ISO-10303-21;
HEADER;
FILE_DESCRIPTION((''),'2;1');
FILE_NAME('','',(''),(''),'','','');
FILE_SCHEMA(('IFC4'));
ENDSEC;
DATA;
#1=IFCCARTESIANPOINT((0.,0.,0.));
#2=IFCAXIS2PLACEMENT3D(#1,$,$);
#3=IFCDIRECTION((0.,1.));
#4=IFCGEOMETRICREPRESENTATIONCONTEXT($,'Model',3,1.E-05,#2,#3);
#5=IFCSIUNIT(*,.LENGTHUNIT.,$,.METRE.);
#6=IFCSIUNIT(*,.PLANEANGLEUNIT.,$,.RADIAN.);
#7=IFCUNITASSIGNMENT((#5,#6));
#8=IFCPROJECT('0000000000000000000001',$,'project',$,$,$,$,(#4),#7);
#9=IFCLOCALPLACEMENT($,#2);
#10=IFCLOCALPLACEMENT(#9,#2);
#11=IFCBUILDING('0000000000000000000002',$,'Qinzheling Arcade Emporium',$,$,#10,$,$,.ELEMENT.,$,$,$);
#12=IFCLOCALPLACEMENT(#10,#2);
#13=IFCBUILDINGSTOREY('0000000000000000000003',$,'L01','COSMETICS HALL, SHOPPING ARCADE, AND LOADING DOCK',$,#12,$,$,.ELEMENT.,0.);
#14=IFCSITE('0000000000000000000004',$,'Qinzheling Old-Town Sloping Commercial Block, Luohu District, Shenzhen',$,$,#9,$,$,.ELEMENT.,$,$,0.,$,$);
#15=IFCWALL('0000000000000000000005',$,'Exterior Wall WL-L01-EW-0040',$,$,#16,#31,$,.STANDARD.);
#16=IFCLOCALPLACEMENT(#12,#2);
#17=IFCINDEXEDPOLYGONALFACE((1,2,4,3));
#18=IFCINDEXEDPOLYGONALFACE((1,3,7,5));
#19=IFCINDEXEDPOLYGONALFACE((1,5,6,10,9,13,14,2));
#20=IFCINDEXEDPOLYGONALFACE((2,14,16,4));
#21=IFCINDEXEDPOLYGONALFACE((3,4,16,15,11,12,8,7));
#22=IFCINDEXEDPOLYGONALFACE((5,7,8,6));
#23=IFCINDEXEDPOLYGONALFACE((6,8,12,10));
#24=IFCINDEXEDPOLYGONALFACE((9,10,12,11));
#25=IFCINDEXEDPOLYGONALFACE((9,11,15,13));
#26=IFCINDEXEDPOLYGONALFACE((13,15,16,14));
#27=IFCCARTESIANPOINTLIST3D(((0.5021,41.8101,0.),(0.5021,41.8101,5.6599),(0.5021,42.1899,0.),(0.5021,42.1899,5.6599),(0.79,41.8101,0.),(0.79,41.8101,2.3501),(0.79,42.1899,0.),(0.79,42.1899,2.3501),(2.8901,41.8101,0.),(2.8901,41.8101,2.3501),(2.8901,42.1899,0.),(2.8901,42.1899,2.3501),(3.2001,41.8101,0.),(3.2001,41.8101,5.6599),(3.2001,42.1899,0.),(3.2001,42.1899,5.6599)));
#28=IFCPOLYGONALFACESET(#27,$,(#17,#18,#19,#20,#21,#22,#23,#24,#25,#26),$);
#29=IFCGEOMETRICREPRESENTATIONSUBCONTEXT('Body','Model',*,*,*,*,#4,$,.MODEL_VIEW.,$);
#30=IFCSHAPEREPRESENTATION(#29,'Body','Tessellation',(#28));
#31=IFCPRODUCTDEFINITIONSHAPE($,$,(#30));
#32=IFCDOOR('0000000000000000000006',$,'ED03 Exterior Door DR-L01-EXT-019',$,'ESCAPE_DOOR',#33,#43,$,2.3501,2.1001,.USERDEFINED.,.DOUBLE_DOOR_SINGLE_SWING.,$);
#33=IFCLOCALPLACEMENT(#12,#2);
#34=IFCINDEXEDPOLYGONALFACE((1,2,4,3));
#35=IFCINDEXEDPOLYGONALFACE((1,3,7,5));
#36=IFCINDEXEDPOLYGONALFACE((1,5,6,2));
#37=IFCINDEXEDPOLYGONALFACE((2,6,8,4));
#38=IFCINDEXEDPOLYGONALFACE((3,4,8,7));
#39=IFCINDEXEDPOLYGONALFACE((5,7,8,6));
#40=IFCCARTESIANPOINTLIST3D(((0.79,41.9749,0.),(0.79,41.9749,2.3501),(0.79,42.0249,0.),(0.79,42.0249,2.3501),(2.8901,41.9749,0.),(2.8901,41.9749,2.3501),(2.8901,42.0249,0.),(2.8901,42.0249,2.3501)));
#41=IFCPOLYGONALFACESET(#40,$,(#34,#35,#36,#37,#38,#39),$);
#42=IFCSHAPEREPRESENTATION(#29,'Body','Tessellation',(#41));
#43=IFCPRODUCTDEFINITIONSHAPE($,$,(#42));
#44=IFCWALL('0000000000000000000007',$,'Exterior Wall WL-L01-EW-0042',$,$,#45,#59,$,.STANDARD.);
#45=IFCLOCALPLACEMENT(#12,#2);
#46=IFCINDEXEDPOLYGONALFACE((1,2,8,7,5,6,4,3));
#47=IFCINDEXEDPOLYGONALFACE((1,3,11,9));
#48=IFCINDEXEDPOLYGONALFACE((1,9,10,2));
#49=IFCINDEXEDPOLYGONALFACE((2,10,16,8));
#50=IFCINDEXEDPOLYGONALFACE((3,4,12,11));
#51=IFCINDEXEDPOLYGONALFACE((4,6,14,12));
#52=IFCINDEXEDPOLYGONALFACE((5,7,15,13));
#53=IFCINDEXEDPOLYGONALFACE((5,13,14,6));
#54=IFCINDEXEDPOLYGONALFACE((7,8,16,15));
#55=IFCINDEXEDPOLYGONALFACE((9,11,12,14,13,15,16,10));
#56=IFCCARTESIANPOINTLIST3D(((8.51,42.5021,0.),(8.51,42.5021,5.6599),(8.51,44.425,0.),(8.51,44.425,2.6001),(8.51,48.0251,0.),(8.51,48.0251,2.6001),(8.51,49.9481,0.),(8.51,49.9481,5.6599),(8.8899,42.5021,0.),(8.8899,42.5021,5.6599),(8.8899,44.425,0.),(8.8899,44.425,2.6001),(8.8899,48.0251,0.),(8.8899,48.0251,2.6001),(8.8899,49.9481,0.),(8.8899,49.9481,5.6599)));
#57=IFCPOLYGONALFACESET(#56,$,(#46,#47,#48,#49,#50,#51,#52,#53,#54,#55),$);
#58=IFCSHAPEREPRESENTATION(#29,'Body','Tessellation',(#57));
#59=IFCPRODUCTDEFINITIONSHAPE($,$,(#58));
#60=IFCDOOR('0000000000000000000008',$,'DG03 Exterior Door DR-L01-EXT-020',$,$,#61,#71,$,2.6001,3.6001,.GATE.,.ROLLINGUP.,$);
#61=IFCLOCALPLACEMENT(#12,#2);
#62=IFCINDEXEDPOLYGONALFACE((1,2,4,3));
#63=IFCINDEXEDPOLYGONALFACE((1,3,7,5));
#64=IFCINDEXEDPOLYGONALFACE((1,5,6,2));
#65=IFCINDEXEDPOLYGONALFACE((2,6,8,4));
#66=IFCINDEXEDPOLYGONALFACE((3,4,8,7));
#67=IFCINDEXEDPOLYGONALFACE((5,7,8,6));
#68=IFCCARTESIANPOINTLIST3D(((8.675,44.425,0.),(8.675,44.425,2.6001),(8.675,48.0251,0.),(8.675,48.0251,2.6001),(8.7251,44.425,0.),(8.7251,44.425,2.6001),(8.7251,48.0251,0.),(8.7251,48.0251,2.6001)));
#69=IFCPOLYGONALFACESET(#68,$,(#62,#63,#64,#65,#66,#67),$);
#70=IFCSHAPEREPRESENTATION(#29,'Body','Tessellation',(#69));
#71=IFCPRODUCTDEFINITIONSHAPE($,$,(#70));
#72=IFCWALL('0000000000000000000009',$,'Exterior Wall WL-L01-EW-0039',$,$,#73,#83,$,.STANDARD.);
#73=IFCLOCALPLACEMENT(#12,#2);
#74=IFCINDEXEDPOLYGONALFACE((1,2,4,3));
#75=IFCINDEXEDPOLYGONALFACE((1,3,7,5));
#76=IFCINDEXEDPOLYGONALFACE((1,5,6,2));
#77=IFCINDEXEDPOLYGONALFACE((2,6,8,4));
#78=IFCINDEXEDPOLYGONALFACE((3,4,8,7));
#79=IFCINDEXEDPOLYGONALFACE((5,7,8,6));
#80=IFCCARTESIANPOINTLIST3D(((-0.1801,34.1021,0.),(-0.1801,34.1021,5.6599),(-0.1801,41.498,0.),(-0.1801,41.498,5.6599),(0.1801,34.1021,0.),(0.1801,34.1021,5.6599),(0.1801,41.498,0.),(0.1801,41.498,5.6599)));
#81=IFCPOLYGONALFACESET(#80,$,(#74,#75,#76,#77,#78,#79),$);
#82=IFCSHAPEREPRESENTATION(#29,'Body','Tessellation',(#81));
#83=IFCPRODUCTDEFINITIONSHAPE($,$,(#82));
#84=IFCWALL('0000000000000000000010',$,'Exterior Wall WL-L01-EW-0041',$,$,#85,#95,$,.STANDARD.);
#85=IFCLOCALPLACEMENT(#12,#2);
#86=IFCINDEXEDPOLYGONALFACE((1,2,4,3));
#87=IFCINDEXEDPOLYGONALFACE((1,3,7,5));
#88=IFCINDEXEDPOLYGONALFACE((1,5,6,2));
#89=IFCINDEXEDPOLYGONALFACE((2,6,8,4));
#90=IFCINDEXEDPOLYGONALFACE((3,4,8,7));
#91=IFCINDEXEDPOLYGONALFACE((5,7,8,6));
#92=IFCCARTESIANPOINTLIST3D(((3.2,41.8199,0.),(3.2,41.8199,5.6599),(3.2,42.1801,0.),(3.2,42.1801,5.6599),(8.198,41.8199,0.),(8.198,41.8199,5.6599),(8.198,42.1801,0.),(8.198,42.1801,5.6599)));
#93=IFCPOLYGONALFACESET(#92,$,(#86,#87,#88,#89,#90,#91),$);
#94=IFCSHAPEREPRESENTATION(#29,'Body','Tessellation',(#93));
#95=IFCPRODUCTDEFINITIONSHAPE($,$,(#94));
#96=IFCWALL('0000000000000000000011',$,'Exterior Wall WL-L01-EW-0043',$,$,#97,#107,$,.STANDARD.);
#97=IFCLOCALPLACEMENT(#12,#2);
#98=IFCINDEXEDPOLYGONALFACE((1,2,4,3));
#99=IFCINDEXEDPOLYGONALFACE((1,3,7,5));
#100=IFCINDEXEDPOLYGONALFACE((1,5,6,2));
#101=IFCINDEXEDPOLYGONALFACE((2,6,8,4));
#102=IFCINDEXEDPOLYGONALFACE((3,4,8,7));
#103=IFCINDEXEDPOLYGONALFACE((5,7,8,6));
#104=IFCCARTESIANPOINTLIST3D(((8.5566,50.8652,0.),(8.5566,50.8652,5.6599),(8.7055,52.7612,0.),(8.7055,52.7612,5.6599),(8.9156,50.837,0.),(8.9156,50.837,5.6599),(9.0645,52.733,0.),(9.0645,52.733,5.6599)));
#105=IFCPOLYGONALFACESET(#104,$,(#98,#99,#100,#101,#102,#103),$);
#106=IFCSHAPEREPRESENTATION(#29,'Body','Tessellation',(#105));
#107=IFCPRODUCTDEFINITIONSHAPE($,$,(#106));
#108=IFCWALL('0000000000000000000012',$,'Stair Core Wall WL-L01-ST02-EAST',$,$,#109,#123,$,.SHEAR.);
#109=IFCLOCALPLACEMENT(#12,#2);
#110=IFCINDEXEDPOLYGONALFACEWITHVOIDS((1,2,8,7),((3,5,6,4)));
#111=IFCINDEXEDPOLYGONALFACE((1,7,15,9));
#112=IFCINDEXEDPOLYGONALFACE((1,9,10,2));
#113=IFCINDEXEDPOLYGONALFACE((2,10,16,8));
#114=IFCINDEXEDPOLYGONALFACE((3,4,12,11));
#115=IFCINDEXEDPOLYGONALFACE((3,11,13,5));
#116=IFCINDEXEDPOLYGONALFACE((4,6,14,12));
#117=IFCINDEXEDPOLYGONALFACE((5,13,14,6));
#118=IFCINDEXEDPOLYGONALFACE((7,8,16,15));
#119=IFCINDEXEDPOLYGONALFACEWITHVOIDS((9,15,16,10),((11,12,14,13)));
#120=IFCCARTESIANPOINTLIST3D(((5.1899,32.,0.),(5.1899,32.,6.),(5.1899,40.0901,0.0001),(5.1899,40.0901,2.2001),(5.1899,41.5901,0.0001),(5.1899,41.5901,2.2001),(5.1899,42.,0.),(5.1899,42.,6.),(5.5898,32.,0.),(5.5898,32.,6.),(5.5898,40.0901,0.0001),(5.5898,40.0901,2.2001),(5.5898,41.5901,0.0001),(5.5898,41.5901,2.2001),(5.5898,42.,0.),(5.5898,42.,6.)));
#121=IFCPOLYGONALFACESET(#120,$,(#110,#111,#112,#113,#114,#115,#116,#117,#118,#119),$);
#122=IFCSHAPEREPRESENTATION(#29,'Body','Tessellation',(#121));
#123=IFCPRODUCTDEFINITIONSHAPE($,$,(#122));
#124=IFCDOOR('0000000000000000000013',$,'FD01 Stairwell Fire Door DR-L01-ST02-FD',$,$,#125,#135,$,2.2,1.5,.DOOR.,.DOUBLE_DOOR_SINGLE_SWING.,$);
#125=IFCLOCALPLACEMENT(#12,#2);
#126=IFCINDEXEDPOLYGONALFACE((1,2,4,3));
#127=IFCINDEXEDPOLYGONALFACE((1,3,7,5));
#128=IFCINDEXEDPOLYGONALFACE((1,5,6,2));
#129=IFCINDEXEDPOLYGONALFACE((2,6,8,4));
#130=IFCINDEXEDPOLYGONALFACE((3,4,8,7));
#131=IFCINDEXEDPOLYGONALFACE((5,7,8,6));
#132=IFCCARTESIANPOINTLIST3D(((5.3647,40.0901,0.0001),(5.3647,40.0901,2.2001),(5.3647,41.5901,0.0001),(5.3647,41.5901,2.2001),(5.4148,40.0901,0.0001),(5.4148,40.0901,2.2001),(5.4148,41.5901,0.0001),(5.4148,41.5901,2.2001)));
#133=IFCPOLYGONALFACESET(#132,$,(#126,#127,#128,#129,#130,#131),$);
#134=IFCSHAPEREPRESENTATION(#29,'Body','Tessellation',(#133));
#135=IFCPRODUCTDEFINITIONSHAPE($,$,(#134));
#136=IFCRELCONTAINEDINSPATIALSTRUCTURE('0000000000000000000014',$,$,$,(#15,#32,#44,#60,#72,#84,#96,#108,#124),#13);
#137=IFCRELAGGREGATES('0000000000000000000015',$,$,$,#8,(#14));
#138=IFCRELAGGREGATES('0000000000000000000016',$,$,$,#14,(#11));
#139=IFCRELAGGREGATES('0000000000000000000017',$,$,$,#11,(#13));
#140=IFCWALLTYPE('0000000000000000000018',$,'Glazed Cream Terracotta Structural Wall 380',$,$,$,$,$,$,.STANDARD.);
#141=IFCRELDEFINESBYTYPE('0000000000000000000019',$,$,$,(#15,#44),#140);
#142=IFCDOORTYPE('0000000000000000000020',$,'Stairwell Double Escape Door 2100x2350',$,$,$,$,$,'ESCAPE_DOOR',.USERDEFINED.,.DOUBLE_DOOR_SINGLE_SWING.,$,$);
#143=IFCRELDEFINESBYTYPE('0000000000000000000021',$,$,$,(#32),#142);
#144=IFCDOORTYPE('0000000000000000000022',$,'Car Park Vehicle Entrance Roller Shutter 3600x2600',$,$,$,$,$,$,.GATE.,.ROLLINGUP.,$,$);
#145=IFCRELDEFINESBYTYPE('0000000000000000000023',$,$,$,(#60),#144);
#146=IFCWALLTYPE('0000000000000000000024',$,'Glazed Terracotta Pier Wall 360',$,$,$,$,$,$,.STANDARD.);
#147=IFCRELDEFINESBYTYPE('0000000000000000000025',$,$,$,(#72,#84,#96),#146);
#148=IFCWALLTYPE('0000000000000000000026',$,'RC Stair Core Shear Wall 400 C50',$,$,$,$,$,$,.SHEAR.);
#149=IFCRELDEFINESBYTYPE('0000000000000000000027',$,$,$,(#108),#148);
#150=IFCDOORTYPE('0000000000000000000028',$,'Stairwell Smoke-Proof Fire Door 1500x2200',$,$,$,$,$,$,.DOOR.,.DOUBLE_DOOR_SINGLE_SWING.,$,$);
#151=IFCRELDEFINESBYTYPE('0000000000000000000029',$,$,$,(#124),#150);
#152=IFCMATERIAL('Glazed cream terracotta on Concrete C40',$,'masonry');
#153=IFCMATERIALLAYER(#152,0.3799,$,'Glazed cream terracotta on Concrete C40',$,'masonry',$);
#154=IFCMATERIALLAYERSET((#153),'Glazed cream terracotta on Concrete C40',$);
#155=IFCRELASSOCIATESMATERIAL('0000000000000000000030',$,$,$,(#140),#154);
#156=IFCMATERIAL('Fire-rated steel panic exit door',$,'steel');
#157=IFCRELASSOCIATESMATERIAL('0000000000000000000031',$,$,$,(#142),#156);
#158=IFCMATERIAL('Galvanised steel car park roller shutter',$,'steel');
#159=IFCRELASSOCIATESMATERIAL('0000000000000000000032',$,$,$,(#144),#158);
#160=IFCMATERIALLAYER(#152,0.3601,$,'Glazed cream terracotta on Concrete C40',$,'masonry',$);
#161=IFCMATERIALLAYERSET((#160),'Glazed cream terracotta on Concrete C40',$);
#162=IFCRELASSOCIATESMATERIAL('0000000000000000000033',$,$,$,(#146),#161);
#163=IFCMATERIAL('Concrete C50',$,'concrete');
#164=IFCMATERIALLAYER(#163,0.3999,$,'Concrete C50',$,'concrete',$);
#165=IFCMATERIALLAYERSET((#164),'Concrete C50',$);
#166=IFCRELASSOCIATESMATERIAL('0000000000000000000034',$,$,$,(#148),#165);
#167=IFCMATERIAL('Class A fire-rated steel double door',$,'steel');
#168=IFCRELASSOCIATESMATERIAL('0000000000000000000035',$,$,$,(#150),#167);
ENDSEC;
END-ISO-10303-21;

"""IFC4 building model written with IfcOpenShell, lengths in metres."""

from ifc_helpers import new_model, si_unit, direction, frame, frame_2d, origin, place, context, subcontext, project, spatial, rectangle, extrude, material, layer, layer_set, type_object, element, fill, save


model = new_model("IFC4")

# Units and contexts
model_context = context("Model", 3, precision=1e-05, world=origin(), true_north=direction((0.0, 1.0)))
body_context = subcontext(model_context, "Body", "Model", "MODEL_VIEW")
ifc_project = project(units=[si_unit("LENGTHUNIT", "METRE"), si_unit("PLANEANGLEUNIT", "RADIAN")], contexts=[model_context])

# Site, building, storey
site_placement = place(None, origin())
site = spatial("IfcSite", under=ifc_project, at=site_placement, Name="Qinzheling Old-Town Sloping Commercial Block, Luohu District, Shenzhen", CompositionType="ELEMENT", RefElevation=0.0)
building_placement = place(site_placement, origin())
building = spatial("IfcBuilding", under=site, at=building_placement, Name="Qinzheling Arcade Emporium", CompositionType="ELEMENT")
storey_placement = place(building_placement, origin())
storey = spatial("IfcBuildingStorey", under=building, at=storey_placement, Name="L01", Description="COSMETICS HALL, SHOPPING ARCADE, AND LOADING DOCK", CompositionType="ELEMENT", Elevation=0.0)

# Shared definitions
ifc_material_1 = material(Name="Concrete C50", Category="concrete")

# Walls, openings, doors
ifc_material_2 = material(Name="Glazed cream terracotta on Concrete C40", Category="masonry")
ifc_layer_1 = layer(ifc_material_2, 0.3799, Name="Glazed cream terracotta on Concrete C40", Category="masonry")
ifc_layer_set_1 = layer_set([ifc_layer_1], Name="Glazed cream terracotta on Concrete C40")
wall_type_1 = type_object("IfcWallType", Name="Glazed Cream Terracotta Structural Wall 380", PredefinedType="STANDARD", material=ifc_layer_set_1)
wall_1_placement = place(storey_placement, frame((0.502, 42.0, 0.0), z_axis=(0.0, 0.0, 1.0), x_axis=(1.0, 0.0, 0.0)))
wall_1 = element("IfcWall", 1, at=wall_1_placement, inside=storey, type_object=wall_type_1, Name="Exterior Wall WL-L01-EW-0040", PredefinedType="STANDARD", context=body_context, shape_type="SweptSolid", body=[
    extrude(rectangle(XDim=2.698, YDim=0.3799, at=frame_2d((1.3491, 0.0))), origin(), (0.0, 0.0, 1.0), 5.6599),
])
opening_1_placement = place(wall_1_placement, frame((0.2881, 0.0, 0.0)))
opening_1 = element("IfcOpeningElement", 2, at=opening_1_placement, cuts=wall_1, PredefinedType="OPENING", context=body_context, shape_type="SweptSolid", body=[
    extrude(rectangle(XDim=2.1001, YDim=2.3501, at=frame_2d((1.05, 1.175))), frame((0.0, 0.2, 0.0), z_axis=(0.0, -1.0, 0.0), x_axis=(1.0, 0.0, 0.0)), (0.0, 0.0, 1.0), 0.3999),
])
ifc_material_3 = material(Name="Fire-rated steel panic exit door", Category="steel")
door_type_1 = type_object("IfcDoorType", Name="Stairwell Double Escape Door 2100x2350", ElementType="ESCAPE_DOOR", OperationType="DOUBLE_DOOR_SINGLE_SWING", PredefinedType="USERDEFINED", material=ifc_material_3)
door_1_placement = place(opening_1_placement, origin())
door_1 = element("IfcDoor", 3, at=door_1_placement, inside=storey, type_object=door_type_1, Name="ED03 Exterior Door DR-L01-EXT-019", ObjectType="ESCAPE_DOOR", OperationType="DOUBLE_DOOR_SINGLE_SWING", OverallHeight=2.3501, OverallWidth=2.1001, PredefinedType="USERDEFINED", context=body_context, shape_type="SweptSolid", body=[
    extrude(rectangle(XDim=2.1001, YDim=2.3501, at=frame_2d((1.05, 1.175))), frame((0.0, 0.0249, 0.0), z_axis=(0.0, -1.0, 0.0), x_axis=(1.0, 0.0, 0.0)), (0.0, 0.0, 1.0), 0.05),
])
fill(opening_1, door_1)
wall_2_placement = place(storey_placement, frame((8.7, 42.502, 0.0), z_axis=(0.0, 0.0, 1.0), x_axis=(0.0, 1.0, 0.0)))
wall_2 = element("IfcWall", 4, at=wall_2_placement, inside=storey, type_object=wall_type_1, Name="Exterior Wall WL-L01-EW-0042", PredefinedType="STANDARD", context=body_context, shape_type="SweptSolid", body=[
    extrude(rectangle(XDim=7.446, YDim=0.3799, at=frame_2d((3.7231, 0.0))), origin(), (0.0, 0.0, 1.0), 5.6599),
])
opening_2_placement = place(wall_2_placement, frame((1.9231, 0.0, 0.0)))
opening_2 = element("IfcOpeningElement", 5, at=opening_2_placement, cuts=wall_2, PredefinedType="OPENING", context=body_context, shape_type="SweptSolid", body=[
    extrude(rectangle(XDim=3.6001, YDim=2.6001, at=frame_2d((1.8, 1.3))), frame((0.0, 0.2, 0.0), z_axis=(0.0, -1.0, 0.0), x_axis=(1.0, 0.0, 0.0)), (0.0, 0.0, 1.0), 0.3999),
])
ifc_material_4 = material(Name="Galvanised steel car park roller shutter", Category="steel")
door_type_2 = type_object("IfcDoorType", Name="Car Park Vehicle Entrance Roller Shutter 3600x2600", OperationType="ROLLINGUP", PredefinedType="GATE", material=ifc_material_4)
door_2_placement = place(opening_2_placement, origin())
door_2 = element("IfcDoor", 6, at=door_2_placement, inside=storey, type_object=door_type_2, Name="DG03 Exterior Door DR-L01-EXT-020", OperationType="ROLLINGUP", OverallHeight=2.6001, OverallWidth=3.6001, PredefinedType="GATE", context=body_context, shape_type="SweptSolid", body=[
    extrude(rectangle(XDim=3.6001, YDim=2.6001, at=frame_2d((1.8, 1.3))), frame((0.0, 0.0249, 0.0), z_axis=(0.0, -1.0, 0.0), x_axis=(1.0, 0.0, 0.0)), (0.0, 0.0, 1.0), 0.05),
])
fill(opening_2, door_2)

# Walls
ifc_layer_2 = layer(ifc_material_2, 0.3601, Name="Glazed cream terracotta on Concrete C40", Category="masonry")
ifc_layer_set_2 = layer_set([ifc_layer_2], Name="Glazed cream terracotta on Concrete C40")
wall_type_2 = type_object("IfcWallType", Name="Glazed Terracotta Pier Wall 360", PredefinedType="STANDARD", material=ifc_layer_set_2)
wall_3_placement = place(storey_placement, frame((0.0, 34.1021, 0.0), z_axis=(0.0, 0.0, 1.0), x_axis=(0.0, 1.0, 0.0)))
element("IfcWall", 7, at=wall_3_placement, inside=storey, type_object=wall_type_2, Name="Exterior Wall WL-L01-EW-0039", PredefinedType="STANDARD", context=body_context, shape_type="SweptSolid", body=[
    extrude(rectangle(XDim=7.396, YDim=0.3601, at=frame_2d((3.698, 0.0))), origin(), (0.0, 0.0, 1.0), 5.6599),
])
wall_4_placement = place(storey_placement, frame((3.2, 42.0, 0.0), z_axis=(0.0, 0.0, 1.0), x_axis=(1.0, 0.0, 0.0)))
element("IfcWall", 8, at=wall_4_placement, inside=storey, type_object=wall_type_2, Name="Exterior Wall WL-L01-EW-0041", PredefinedType="STANDARD", context=body_context, shape_type="SweptSolid", body=[
    extrude(rectangle(XDim=4.998, YDim=0.3601, at=frame_2d((2.499, 0.0))), origin(), (0.0, 0.0, 1.0), 5.6599),
])
wall_5_placement = place(storey_placement, frame((8.7361, 50.8511, 0.0), z_axis=(0.0, 0.0, 1.0), x_axis=(0.078306, 0.996929, 0.0)))
element("IfcWall", 9, at=wall_5_placement, inside=storey, type_object=wall_type_2, Name="Exterior Wall WL-L01-EW-0043", PredefinedType="STANDARD", context=body_context, shape_type="SweptSolid", body=[
    extrude(rectangle(XDim=1.9019, YDim=0.3601, at=frame_2d((0.9509, 0.0))), origin(), (0.0, 0.0, 1.0), 5.6599),
])

# Wall, opening, door
ifc_layer_3 = layer(ifc_material_1, 0.3999, Name="Concrete C50", Category="concrete")
ifc_layer_set_3 = layer_set([ifc_layer_3], Name="Concrete C50")
wall_type_3 = type_object("IfcWallType", Name="RC Stair Core Shear Wall 400 C50", PredefinedType="SHEAR", material=ifc_layer_set_3)
wall_6_placement = place(storey_placement, frame((5.3899, 42.0, 0.0), z_axis=(0.0, 0.0, 1.0), x_axis=(0.0, -1.0, 0.0)))
wall_6 = element("IfcWall", 10, at=wall_6_placement, inside=storey, type_object=wall_type_3, Name="Stair Core Wall WL-L01-ST02-EAST", PredefinedType="SHEAR", context=body_context, shape_type="SweptSolid", body=[
    extrude(rectangle(XDim=10.0, YDim=0.3999, at=frame_2d((5.0, 0.0))), origin(), (0.0, 0.0, 1.0), 6.0),
])
opening_3_placement = place(wall_6_placement, frame((0.4099, 0.0, 0.0)))
opening_3 = element("IfcOpeningElement", 11, at=opening_3_placement, cuts=wall_6, PredefinedType="OPENING", context=body_context, shape_type="SweptSolid", body=[
    extrude(rectangle(XDim=1.5, YDim=2.2, at=frame_2d((0.75, 1.1001))), frame((0.0, 0.21, 0.0), z_axis=(0.0, -1.0, 0.0), x_axis=(1.0, 0.0, 0.0)), (0.0, 0.0, 1.0), 0.4199),
])
ifc_material_5 = material(Name="Class A fire-rated steel double door", Category="steel")
door_type_3 = type_object("IfcDoorType", Name="Stairwell Smoke-Proof Fire Door 1500x2200", OperationType="DOUBLE_DOOR_SINGLE_SWING", PredefinedType="DOOR", material=ifc_material_5)
door_3_placement = place(opening_3_placement, origin())
door_3 = element("IfcDoor", 12, at=door_3_placement, inside=storey, type_object=door_type_3, Name="FD01 Stairwell Fire Door DR-L01-ST02-FD", OperationType="DOUBLE_DOOR_SINGLE_SWING", OverallHeight=2.2, OverallWidth=1.5, PredefinedType="DOOR", context=body_context, shape_type="SweptSolid", body=[
    extrude(rectangle(XDim=1.5, YDim=2.2, at=frame_2d((0.75, 1.1001))), frame((0.0, 0.0249, 0.0), z_axis=(0.0, -1.0, 0.0), x_axis=(1.0, 0.0, 0.0)), (0.0, 0.0, 1.0), 0.05),
])
fill(opening_3, door_3)

save(model, "model.ifc")
